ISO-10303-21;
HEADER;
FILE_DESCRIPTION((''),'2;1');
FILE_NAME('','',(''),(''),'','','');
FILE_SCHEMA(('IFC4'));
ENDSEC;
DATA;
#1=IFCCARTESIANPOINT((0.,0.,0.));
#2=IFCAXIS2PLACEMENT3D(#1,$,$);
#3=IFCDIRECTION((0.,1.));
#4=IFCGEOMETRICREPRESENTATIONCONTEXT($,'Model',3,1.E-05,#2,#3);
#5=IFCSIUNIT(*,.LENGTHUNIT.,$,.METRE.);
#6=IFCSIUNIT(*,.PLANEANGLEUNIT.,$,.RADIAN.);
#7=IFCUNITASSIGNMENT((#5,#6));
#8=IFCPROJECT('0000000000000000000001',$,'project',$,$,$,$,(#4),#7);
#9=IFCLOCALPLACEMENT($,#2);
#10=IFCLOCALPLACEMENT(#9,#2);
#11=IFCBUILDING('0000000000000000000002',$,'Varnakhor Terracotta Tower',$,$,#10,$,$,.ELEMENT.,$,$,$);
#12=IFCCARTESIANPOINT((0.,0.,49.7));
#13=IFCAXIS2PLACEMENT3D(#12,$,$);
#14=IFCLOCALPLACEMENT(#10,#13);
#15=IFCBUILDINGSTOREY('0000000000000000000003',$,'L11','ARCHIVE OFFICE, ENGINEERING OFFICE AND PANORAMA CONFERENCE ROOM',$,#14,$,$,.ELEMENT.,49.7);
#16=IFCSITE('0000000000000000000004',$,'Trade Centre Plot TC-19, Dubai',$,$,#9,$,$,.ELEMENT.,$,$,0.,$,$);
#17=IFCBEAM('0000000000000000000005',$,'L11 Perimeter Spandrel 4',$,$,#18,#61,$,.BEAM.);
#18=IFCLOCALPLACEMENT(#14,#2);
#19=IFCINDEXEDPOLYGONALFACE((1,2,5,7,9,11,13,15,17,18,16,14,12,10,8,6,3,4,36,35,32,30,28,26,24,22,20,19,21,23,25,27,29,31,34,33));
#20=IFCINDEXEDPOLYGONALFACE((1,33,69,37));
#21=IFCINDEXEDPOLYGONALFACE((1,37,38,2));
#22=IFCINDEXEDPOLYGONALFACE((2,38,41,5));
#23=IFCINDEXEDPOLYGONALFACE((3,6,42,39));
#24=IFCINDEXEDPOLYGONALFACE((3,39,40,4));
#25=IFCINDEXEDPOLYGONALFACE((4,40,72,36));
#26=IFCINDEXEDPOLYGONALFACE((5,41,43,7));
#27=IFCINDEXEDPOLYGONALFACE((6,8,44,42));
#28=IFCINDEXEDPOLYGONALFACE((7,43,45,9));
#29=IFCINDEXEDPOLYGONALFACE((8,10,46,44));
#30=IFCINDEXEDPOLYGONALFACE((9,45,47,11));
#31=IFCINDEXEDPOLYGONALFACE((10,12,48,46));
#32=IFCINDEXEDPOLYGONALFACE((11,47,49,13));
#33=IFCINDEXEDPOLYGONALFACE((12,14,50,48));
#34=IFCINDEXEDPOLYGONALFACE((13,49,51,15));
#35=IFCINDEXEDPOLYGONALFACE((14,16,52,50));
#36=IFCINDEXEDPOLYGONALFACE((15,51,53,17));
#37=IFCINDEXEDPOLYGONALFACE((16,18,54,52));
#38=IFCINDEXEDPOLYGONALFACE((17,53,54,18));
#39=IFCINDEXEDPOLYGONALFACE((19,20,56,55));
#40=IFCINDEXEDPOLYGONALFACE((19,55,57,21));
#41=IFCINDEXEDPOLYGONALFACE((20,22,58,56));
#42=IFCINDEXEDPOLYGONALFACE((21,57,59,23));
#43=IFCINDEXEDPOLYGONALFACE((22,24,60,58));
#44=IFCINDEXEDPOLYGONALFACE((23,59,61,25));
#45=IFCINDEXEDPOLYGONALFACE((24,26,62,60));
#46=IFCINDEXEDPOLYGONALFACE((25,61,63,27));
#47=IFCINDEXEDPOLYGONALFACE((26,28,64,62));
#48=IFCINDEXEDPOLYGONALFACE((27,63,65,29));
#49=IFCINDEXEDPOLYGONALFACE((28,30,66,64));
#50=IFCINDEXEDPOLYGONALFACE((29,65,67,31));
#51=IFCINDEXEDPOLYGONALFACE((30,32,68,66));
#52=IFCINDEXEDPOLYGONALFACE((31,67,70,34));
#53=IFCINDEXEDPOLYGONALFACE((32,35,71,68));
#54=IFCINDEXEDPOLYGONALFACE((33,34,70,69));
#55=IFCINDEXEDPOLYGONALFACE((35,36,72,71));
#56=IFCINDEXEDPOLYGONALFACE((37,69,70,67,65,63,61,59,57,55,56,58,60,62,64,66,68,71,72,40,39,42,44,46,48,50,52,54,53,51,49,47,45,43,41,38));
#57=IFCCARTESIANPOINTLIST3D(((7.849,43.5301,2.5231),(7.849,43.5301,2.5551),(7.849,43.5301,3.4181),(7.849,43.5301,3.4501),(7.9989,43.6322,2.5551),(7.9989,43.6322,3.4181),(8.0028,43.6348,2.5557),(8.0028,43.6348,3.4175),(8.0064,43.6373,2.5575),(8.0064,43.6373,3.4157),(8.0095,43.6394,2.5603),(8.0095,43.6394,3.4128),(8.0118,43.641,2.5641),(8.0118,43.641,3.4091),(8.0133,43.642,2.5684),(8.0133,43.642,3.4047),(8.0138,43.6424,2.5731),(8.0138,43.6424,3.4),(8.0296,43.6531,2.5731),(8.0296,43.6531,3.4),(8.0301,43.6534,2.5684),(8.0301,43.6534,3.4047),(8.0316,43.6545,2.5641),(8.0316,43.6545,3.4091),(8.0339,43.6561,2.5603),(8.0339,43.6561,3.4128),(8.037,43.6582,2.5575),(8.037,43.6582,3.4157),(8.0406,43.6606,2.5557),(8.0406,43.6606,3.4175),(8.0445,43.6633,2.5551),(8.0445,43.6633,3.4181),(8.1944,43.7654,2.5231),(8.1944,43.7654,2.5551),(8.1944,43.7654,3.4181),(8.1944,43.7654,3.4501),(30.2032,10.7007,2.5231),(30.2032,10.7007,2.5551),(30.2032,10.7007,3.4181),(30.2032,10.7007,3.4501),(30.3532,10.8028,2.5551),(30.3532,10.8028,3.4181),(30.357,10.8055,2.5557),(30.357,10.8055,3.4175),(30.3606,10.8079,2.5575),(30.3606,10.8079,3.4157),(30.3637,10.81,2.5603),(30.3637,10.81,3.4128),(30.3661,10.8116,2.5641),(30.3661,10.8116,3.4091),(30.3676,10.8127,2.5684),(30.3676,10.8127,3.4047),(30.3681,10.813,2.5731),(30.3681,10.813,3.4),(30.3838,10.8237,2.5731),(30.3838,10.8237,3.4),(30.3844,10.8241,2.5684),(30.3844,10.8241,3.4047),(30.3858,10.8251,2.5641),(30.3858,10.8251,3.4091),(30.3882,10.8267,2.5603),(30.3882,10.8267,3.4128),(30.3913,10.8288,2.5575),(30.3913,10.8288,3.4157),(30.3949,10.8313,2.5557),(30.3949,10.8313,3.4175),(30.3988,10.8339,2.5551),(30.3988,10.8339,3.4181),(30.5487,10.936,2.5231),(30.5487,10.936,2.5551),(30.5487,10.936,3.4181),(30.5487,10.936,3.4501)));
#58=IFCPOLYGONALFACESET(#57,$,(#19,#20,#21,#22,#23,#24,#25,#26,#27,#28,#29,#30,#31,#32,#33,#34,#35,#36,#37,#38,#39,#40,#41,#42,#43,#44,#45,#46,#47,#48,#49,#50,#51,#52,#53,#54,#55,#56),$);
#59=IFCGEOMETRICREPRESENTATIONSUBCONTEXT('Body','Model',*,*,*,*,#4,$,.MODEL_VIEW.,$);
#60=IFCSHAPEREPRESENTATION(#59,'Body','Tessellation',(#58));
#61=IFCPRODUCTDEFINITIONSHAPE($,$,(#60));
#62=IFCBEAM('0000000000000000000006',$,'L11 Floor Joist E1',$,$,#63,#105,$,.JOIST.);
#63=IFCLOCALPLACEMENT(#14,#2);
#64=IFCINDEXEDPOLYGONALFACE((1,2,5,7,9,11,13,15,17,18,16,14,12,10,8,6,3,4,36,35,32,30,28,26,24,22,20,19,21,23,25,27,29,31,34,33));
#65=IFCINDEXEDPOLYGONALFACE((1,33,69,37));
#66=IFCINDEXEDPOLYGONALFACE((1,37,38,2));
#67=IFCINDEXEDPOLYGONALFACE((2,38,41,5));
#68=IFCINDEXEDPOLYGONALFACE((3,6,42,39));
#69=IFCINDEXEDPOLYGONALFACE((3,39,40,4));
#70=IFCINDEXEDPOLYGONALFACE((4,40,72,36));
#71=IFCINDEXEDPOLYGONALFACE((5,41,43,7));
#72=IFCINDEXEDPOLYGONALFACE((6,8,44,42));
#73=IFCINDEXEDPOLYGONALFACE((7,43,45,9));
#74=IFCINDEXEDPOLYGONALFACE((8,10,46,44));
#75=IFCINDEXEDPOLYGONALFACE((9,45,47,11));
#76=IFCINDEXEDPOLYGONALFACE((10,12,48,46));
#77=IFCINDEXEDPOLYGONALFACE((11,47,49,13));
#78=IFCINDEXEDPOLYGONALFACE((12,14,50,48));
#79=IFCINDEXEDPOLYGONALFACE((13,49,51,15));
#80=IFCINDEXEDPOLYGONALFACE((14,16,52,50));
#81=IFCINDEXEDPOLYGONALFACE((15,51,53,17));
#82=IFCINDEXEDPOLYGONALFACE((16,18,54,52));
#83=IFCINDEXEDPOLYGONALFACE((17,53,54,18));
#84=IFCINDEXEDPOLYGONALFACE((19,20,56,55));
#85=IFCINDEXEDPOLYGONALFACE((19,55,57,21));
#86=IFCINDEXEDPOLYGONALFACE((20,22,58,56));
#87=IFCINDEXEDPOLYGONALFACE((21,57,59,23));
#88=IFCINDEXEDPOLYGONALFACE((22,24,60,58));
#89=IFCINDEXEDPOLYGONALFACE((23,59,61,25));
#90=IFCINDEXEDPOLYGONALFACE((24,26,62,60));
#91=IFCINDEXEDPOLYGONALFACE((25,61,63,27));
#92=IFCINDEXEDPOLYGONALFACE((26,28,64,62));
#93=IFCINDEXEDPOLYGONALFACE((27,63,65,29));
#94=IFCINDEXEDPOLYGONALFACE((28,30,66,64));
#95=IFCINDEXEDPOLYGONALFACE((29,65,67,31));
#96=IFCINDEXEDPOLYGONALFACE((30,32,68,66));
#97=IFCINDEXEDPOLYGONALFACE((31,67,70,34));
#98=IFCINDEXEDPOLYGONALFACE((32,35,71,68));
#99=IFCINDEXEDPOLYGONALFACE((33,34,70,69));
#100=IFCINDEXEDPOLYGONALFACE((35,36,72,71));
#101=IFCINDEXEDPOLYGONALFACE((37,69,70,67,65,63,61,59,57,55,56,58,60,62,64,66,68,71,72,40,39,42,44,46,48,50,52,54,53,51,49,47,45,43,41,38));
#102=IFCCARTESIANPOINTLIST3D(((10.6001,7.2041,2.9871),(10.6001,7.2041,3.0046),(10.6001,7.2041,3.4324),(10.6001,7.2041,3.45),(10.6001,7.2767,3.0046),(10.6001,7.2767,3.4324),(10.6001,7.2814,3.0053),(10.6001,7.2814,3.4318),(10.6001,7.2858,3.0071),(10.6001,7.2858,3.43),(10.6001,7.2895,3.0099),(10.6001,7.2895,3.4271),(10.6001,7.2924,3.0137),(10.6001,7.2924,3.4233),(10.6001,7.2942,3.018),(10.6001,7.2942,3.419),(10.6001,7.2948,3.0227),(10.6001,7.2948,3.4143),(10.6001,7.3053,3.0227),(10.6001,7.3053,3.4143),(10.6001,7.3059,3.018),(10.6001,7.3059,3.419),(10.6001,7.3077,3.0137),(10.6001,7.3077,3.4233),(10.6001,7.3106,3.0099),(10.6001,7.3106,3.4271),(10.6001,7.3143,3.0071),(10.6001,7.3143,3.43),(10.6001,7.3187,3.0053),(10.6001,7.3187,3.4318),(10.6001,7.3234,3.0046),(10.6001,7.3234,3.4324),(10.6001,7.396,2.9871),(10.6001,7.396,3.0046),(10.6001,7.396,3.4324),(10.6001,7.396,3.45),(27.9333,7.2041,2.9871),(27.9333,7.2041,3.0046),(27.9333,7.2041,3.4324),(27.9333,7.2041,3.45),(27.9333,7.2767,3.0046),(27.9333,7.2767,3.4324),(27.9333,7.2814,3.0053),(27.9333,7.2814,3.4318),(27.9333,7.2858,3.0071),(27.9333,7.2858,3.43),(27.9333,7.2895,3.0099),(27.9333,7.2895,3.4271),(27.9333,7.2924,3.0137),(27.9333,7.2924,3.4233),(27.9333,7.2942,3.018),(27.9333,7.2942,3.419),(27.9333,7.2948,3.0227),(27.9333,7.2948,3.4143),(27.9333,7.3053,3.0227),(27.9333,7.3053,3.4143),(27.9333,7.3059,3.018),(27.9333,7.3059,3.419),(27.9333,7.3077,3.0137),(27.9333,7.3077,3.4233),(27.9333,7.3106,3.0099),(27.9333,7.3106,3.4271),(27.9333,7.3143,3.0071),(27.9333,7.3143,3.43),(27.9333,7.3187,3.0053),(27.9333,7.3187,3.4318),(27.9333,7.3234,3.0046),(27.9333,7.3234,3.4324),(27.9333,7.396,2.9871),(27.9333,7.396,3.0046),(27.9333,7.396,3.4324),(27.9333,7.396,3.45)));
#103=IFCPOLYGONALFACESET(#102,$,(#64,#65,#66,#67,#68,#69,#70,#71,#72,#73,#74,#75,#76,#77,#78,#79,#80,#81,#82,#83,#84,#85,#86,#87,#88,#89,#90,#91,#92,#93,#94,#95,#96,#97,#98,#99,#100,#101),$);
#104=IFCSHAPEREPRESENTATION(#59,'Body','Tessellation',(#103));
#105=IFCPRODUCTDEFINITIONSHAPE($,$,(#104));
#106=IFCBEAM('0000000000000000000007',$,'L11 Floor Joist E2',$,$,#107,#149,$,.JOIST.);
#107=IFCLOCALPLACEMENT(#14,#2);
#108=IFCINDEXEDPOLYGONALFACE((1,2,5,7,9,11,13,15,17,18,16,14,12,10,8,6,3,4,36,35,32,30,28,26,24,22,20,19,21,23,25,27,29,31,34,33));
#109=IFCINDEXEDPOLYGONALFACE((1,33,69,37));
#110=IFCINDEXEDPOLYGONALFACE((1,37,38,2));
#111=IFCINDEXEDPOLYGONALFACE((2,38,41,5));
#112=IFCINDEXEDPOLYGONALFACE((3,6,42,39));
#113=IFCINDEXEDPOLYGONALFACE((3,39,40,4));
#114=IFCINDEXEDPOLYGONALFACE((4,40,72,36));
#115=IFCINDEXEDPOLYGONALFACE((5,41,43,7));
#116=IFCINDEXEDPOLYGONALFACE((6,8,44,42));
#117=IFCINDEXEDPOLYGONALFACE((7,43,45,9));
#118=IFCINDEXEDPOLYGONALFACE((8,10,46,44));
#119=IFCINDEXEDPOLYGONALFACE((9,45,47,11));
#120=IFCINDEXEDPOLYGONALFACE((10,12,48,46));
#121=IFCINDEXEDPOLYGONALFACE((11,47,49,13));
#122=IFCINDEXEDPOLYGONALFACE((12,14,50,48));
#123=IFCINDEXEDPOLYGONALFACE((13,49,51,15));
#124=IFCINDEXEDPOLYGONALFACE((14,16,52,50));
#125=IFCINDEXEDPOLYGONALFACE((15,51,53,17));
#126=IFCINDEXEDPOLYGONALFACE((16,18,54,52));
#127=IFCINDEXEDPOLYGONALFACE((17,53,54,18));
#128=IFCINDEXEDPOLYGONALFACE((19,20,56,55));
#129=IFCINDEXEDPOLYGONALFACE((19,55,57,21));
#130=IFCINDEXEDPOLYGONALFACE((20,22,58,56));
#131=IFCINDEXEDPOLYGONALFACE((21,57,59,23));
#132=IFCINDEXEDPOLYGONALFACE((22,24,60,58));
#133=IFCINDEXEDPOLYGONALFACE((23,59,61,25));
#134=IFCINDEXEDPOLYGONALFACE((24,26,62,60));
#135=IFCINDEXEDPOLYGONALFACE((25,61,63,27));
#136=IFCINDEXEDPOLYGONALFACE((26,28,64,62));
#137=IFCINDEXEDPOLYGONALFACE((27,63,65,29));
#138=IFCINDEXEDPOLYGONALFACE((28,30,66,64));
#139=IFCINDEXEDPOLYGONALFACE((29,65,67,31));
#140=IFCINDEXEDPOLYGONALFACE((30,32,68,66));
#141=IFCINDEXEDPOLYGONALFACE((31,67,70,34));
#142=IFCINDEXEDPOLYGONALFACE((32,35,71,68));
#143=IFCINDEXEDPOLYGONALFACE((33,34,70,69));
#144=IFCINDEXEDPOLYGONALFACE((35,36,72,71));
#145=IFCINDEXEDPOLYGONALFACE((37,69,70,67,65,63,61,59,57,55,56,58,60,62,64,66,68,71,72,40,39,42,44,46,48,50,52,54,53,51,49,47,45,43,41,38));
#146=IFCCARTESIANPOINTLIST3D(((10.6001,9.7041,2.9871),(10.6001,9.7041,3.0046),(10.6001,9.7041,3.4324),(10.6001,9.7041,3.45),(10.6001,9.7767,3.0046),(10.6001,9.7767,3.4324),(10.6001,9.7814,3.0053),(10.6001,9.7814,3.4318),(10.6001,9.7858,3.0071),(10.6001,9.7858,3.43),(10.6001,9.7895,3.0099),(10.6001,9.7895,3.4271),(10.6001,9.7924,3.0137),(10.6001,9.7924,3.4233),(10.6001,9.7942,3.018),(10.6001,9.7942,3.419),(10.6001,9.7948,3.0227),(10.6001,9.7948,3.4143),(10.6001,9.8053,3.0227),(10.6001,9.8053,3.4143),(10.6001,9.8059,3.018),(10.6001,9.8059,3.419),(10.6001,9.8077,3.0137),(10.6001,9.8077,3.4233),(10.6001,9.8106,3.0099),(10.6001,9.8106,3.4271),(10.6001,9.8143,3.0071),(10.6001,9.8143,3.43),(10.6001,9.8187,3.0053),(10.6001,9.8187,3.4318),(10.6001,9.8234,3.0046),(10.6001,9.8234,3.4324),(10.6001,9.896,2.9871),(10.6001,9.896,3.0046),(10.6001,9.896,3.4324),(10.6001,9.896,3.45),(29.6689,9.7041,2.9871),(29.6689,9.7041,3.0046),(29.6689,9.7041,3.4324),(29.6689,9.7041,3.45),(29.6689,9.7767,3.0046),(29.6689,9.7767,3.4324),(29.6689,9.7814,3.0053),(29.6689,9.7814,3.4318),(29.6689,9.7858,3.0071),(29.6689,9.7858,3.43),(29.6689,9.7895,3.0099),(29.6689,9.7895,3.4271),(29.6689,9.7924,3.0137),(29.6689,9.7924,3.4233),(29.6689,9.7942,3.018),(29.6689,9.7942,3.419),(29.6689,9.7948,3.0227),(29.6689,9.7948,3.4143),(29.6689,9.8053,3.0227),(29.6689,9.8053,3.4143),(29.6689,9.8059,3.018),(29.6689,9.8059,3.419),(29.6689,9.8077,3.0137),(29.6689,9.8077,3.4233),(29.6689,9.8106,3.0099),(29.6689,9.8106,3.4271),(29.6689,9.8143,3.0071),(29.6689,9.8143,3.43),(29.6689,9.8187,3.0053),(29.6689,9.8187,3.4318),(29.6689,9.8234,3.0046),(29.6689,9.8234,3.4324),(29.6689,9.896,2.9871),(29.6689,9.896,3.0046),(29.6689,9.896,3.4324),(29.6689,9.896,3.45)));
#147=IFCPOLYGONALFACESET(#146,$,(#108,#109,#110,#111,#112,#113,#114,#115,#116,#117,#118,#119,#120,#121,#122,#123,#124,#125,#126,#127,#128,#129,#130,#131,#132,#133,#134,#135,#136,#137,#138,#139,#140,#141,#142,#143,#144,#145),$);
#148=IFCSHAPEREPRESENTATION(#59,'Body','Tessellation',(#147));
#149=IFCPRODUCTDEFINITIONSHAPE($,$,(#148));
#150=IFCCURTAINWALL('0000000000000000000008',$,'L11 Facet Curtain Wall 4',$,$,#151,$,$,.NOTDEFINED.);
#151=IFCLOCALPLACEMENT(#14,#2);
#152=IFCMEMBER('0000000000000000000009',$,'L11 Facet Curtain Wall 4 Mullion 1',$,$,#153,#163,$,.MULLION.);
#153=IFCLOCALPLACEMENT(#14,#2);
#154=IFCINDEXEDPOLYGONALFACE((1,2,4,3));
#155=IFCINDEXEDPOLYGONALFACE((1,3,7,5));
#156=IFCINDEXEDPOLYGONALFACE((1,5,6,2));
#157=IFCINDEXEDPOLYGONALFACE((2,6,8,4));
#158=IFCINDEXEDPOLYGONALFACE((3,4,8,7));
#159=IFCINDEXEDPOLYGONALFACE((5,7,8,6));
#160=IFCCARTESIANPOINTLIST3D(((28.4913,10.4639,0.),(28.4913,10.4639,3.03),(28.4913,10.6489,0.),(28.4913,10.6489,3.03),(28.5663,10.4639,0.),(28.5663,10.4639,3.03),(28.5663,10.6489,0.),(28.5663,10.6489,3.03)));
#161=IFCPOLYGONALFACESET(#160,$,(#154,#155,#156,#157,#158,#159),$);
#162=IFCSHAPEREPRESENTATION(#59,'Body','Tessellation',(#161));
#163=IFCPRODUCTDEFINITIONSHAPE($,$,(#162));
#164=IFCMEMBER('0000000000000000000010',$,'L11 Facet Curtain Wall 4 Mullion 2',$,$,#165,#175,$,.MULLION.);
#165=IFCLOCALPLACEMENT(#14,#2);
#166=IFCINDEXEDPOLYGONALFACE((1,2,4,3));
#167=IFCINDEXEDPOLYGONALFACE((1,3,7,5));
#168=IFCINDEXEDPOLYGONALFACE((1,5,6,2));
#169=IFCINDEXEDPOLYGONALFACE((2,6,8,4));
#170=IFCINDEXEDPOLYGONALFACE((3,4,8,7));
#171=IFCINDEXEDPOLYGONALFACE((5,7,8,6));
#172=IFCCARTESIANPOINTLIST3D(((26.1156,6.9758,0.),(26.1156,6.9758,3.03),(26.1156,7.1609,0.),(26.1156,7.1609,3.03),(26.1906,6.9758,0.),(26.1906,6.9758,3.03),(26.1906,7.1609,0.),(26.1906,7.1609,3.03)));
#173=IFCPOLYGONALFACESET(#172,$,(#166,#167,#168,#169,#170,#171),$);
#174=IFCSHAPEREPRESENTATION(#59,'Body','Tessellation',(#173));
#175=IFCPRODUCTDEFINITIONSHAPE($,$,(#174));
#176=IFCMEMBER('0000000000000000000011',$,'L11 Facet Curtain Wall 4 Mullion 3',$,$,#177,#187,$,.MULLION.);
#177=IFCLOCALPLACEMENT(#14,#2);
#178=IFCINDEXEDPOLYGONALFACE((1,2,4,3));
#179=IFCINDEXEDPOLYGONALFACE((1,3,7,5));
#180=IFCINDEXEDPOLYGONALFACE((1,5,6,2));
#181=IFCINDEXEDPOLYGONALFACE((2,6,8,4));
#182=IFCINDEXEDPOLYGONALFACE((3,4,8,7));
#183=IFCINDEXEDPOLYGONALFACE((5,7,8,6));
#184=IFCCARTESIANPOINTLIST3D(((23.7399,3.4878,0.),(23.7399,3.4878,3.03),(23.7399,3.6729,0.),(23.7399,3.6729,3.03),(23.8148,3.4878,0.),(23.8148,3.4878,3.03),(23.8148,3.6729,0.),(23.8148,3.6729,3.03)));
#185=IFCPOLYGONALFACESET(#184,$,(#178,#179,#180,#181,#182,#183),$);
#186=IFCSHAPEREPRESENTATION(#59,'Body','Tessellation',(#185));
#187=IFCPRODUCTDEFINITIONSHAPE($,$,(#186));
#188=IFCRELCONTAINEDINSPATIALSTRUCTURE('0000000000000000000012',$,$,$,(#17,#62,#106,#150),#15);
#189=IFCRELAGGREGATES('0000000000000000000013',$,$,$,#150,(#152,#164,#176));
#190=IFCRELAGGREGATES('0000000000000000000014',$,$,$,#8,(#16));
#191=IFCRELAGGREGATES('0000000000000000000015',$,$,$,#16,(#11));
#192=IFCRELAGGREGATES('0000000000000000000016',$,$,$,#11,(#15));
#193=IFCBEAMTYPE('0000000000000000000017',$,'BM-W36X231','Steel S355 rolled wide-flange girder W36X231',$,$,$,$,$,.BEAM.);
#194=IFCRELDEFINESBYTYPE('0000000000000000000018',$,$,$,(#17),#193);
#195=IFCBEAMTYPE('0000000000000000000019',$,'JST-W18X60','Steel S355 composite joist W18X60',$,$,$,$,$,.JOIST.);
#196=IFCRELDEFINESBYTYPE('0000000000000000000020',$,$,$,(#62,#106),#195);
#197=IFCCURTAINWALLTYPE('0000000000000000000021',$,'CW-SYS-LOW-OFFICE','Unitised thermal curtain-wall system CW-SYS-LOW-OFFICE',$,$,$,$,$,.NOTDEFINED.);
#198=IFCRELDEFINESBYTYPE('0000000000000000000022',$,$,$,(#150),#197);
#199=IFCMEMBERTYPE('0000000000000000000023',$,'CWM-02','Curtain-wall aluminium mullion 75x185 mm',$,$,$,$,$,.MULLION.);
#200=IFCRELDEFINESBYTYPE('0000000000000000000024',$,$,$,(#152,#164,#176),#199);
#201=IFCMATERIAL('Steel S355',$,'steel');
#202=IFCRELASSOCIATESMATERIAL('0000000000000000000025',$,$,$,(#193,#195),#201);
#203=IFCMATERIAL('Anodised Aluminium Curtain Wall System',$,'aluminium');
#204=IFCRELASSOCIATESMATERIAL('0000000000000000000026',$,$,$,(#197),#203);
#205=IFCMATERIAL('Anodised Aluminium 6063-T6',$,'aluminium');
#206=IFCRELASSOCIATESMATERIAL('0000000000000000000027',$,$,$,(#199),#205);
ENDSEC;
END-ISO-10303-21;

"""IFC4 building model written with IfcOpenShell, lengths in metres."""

from ifc_helpers import new_model, si_unit, direction, frame, origin, origin_2d, place, context, subcontext, project, spatial, rectangle, i_section, extrude, source, transform, mapped, material, material_profile, profile_set, type_object, type_shapes, element, aggregate, save


model = new_model("IFC4")

# Units and contexts
model_context = context("Model", 3, precision=1e-05, world=origin(), true_north=direction((0.0, 1.0)))
body_context = subcontext(model_context, "Body", "Model", "MODEL_VIEW")
ifc_project = project(units=[si_unit("LENGTHUNIT", "METRE"), si_unit("PLANEANGLEUNIT", "RADIAN")], contexts=[model_context])

# Site, building, storey
site_placement = place(None, origin())
site = spatial("IfcSite", under=ifc_project, at=site_placement, Name="Trade Centre Plot TC-19, Dubai", CompositionType="ELEMENT", RefElevation=0.0)
building_placement = place(site_placement, origin())
building = spatial("IfcBuilding", under=site, at=building_placement, Name="Varnakhor Terracotta Tower", CompositionType="ELEMENT")
storey_placement = place(building_placement, frame((0.0, 0.0, 49.7)))
storey = spatial("IfcBuildingStorey", under=building, at=storey_placement, Name="L11", Description="ARCHIVE OFFICE, ENGINEERING OFFICE AND PANORAMA CONFERENCE ROOM", CompositionType="ELEMENT", Elevation=49.7)

# Beams
ifc_material_1 = material(Name="Steel S355", Category="steel")
ifc_material_profile_1 = material_profile(ifc_material_1, i_section(OverallWidth=0.418, OverallDepth=0.927, WebThickness=0.019, FlangeThickness=0.032, FilletRadius=0.0181, at=origin_2d()), Name="W36X231")
ifc_profile_set_1 = profile_set([ifc_material_profile_1], Name="Steel S355")
beam_type_1 = type_object("IfcBeamType", Name="BM-W36X231", Description="Steel S355 rolled wide-flange girder W36X231", PredefinedType="BEAM", material=ifc_profile_set_1)
shared_shape_1 = source(origin(), body_context, "Body", "SweptSolid", [
    extrude(i_section(OverallWidth=0.418, OverallDepth=0.927, WebThickness=0.019, FlangeThickness=0.032, FilletRadius=0.0181, at=origin_2d()), origin(), (0.0, 0.0, 1.0), 39.7175),
])
beam_1_placement = place(storey_placement, frame((30.376, 10.8184, 2.9866), z_axis=(-0.562831, 0.826572, 0.0), x_axis=(-0.826572, -0.562831, 0.0)))
element("IfcBeam", 1, at=beam_1_placement, inside=storey, type_object=beam_type_1, Name="L11 Perimeter Spandrel 4", PredefinedType="BEAM", context=body_context, shape_type="MappedRepresentation", body=[
    mapped(shared_shape_1, transform((0.0, 0.0, 0.0), scale=1.0)),
])
ifc_material_profile_2 = material_profile(ifc_material_1, i_section(OverallWidth=0.1919, OverallDepth=0.4629, WebThickness=0.0105, FlangeThickness=0.0176, FilletRadius=0.0181, at=origin_2d()), Name="W18X60")
ifc_profile_set_2 = profile_set([ifc_material_profile_2], Name="Steel S355")
beam_type_2 = type_object("IfcBeamType", Name="JST-W18X60", Description="Steel S355 composite joist W18X60", PredefinedType="JOIST", material=ifc_profile_set_2)
shared_shape_2 = source(origin(), body_context, "Body", "SweptSolid", [
    extrude(i_section(OverallWidth=0.1919, OverallDepth=0.4629, WebThickness=0.0105, FlangeThickness=0.0176, FilletRadius=0.0181, at=origin_2d()), origin(), (0.0, 0.0, 1.0), 17.3333),
])
beam_2_placement = place(storey_placement, frame((10.6001, 7.3, 3.2185), z_axis=(1.0, 0.0, 0.0), x_axis=(0.0, 1.0, 0.0)))
element("IfcBeam", 2, at=beam_2_placement, inside=storey, type_object=beam_type_2, Name="L11 Floor Joist E1", PredefinedType="JOIST", context=body_context, shape_type="MappedRepresentation", body=[
    mapped(shared_shape_2, transform((0.0, 0.0, 0.0), scale=1.0)),
])
shared_shape_3 = source(origin(), body_context, "Body", "SweptSolid", [
    extrude(i_section(OverallWidth=0.1919, OverallDepth=0.4629, WebThickness=0.0105, FlangeThickness=0.0176, FilletRadius=0.0181, at=origin_2d()), origin(), (0.0, 0.0, 1.0), 19.0688),
])
beam_3_placement = place(storey_placement, frame((10.6001, 9.8, 3.2185), z_axis=(1.0, 0.0, 0.0), x_axis=(0.0, 1.0, 0.0)))
element("IfcBeam", 3, at=beam_3_placement, inside=storey, type_object=beam_type_2, Name="L11 Floor Joist E2", PredefinedType="JOIST", context=body_context, shape_type="MappedRepresentation", body=[
    mapped(shared_shape_3, transform((0.0, 0.0, 0.0), scale=1.0)),
])

# Curtain wall, members
ifc_material_2 = material(Name="Anodised Aluminium Curtain Wall System", Category="aluminium")
curtain_wall_type = type_object("IfcCurtainWallType", Name="CW-SYS-LOW-OFFICE", Description="Unitised thermal curtain-wall system CW-SYS-LOW-OFFICE", PredefinedType="NOTDEFINED", material=ifc_material_2)
curtain_wall_1_placement = place(storey_placement, origin())
curtain_wall_1 = element("IfcCurtainWall", 4, at=curtain_wall_1_placement, inside=storey, type_object=curtain_wall_type, Name="L11 Facet Curtain Wall 4", PredefinedType="NOTDEFINED")
ifc_material_3 = material(Name="Anodised Aluminium 6063-T6", Category="aluminium")
ifc_material_profile_3 = material_profile(ifc_material_3, rectangle(XDim=0.075, YDim=0.1851, at=origin_2d()), Name="ALU MULLION 75x185")
ifc_profile_set_3 = profile_set([ifc_material_profile_3], Name="Anodised Aluminium 6063-T6")
member_type_1 = type_object("IfcMemberType", Name="CWM-02", Description="Curtain-wall aluminium mullion 75x185 mm", PredefinedType="MULLION", material=ifc_profile_set_3)
shared_shape_4 = source(origin(), body_context, "Body", "SweptSolid", [
    extrude(rectangle(XDim=0.075, YDim=0.1851, at=origin_2d()), origin(), (0.0, 0.0, 1.0), 3.03),
])
type_shapes(member_type_1, [shared_shape_4])
member_1_placement = place(storey_placement, frame((28.5288, 10.5564, 0.0), z_axis=(0.0, 0.0, 1.0), x_axis=(1.0, 0.0, 0.0)))
member_1 = element("IfcMember", 5, at=member_1_placement, type_object=member_type_1, Name="L11 Facet Curtain Wall 4 Mullion 1", PredefinedType="MULLION", context=body_context, shape_type="MappedRepresentation", body=[
    mapped(shared_shape_4, transform((0.0, 0.0, 0.0), scale=1.0)),
])
member_2_placement = place(storey_placement, frame((26.1531, 7.0684, 0.0), z_axis=(0.0, 0.0, 1.0), x_axis=(1.0, 0.0, 0.0)))
member_2 = element("IfcMember", 6, at=member_2_placement, type_object=member_type_1, Name="L11 Facet Curtain Wall 4 Mullion 2", PredefinedType="MULLION", context=body_context, shape_type="MappedRepresentation", body=[
    mapped(shared_shape_4, transform((0.0, 0.0, 0.0), scale=1.0)),
])
member_3_placement = place(storey_placement, frame((23.7773, 3.5803, 0.0), z_axis=(0.0, 0.0, 1.0), x_axis=(1.0, 0.0, 0.0)))
member_3 = element("IfcMember", 7, at=member_3_placement, type_object=member_type_1, Name="L11 Facet Curtain Wall 4 Mullion 3", PredefinedType="MULLION", context=body_context, shape_type="MappedRepresentation", body=[
    mapped(shared_shape_4, transform((0.0, 0.0, 0.0), scale=1.0)),
])

aggregate(curtain_wall_1, [member_1, member_2, member_3])

save(model, "model.ifc")
